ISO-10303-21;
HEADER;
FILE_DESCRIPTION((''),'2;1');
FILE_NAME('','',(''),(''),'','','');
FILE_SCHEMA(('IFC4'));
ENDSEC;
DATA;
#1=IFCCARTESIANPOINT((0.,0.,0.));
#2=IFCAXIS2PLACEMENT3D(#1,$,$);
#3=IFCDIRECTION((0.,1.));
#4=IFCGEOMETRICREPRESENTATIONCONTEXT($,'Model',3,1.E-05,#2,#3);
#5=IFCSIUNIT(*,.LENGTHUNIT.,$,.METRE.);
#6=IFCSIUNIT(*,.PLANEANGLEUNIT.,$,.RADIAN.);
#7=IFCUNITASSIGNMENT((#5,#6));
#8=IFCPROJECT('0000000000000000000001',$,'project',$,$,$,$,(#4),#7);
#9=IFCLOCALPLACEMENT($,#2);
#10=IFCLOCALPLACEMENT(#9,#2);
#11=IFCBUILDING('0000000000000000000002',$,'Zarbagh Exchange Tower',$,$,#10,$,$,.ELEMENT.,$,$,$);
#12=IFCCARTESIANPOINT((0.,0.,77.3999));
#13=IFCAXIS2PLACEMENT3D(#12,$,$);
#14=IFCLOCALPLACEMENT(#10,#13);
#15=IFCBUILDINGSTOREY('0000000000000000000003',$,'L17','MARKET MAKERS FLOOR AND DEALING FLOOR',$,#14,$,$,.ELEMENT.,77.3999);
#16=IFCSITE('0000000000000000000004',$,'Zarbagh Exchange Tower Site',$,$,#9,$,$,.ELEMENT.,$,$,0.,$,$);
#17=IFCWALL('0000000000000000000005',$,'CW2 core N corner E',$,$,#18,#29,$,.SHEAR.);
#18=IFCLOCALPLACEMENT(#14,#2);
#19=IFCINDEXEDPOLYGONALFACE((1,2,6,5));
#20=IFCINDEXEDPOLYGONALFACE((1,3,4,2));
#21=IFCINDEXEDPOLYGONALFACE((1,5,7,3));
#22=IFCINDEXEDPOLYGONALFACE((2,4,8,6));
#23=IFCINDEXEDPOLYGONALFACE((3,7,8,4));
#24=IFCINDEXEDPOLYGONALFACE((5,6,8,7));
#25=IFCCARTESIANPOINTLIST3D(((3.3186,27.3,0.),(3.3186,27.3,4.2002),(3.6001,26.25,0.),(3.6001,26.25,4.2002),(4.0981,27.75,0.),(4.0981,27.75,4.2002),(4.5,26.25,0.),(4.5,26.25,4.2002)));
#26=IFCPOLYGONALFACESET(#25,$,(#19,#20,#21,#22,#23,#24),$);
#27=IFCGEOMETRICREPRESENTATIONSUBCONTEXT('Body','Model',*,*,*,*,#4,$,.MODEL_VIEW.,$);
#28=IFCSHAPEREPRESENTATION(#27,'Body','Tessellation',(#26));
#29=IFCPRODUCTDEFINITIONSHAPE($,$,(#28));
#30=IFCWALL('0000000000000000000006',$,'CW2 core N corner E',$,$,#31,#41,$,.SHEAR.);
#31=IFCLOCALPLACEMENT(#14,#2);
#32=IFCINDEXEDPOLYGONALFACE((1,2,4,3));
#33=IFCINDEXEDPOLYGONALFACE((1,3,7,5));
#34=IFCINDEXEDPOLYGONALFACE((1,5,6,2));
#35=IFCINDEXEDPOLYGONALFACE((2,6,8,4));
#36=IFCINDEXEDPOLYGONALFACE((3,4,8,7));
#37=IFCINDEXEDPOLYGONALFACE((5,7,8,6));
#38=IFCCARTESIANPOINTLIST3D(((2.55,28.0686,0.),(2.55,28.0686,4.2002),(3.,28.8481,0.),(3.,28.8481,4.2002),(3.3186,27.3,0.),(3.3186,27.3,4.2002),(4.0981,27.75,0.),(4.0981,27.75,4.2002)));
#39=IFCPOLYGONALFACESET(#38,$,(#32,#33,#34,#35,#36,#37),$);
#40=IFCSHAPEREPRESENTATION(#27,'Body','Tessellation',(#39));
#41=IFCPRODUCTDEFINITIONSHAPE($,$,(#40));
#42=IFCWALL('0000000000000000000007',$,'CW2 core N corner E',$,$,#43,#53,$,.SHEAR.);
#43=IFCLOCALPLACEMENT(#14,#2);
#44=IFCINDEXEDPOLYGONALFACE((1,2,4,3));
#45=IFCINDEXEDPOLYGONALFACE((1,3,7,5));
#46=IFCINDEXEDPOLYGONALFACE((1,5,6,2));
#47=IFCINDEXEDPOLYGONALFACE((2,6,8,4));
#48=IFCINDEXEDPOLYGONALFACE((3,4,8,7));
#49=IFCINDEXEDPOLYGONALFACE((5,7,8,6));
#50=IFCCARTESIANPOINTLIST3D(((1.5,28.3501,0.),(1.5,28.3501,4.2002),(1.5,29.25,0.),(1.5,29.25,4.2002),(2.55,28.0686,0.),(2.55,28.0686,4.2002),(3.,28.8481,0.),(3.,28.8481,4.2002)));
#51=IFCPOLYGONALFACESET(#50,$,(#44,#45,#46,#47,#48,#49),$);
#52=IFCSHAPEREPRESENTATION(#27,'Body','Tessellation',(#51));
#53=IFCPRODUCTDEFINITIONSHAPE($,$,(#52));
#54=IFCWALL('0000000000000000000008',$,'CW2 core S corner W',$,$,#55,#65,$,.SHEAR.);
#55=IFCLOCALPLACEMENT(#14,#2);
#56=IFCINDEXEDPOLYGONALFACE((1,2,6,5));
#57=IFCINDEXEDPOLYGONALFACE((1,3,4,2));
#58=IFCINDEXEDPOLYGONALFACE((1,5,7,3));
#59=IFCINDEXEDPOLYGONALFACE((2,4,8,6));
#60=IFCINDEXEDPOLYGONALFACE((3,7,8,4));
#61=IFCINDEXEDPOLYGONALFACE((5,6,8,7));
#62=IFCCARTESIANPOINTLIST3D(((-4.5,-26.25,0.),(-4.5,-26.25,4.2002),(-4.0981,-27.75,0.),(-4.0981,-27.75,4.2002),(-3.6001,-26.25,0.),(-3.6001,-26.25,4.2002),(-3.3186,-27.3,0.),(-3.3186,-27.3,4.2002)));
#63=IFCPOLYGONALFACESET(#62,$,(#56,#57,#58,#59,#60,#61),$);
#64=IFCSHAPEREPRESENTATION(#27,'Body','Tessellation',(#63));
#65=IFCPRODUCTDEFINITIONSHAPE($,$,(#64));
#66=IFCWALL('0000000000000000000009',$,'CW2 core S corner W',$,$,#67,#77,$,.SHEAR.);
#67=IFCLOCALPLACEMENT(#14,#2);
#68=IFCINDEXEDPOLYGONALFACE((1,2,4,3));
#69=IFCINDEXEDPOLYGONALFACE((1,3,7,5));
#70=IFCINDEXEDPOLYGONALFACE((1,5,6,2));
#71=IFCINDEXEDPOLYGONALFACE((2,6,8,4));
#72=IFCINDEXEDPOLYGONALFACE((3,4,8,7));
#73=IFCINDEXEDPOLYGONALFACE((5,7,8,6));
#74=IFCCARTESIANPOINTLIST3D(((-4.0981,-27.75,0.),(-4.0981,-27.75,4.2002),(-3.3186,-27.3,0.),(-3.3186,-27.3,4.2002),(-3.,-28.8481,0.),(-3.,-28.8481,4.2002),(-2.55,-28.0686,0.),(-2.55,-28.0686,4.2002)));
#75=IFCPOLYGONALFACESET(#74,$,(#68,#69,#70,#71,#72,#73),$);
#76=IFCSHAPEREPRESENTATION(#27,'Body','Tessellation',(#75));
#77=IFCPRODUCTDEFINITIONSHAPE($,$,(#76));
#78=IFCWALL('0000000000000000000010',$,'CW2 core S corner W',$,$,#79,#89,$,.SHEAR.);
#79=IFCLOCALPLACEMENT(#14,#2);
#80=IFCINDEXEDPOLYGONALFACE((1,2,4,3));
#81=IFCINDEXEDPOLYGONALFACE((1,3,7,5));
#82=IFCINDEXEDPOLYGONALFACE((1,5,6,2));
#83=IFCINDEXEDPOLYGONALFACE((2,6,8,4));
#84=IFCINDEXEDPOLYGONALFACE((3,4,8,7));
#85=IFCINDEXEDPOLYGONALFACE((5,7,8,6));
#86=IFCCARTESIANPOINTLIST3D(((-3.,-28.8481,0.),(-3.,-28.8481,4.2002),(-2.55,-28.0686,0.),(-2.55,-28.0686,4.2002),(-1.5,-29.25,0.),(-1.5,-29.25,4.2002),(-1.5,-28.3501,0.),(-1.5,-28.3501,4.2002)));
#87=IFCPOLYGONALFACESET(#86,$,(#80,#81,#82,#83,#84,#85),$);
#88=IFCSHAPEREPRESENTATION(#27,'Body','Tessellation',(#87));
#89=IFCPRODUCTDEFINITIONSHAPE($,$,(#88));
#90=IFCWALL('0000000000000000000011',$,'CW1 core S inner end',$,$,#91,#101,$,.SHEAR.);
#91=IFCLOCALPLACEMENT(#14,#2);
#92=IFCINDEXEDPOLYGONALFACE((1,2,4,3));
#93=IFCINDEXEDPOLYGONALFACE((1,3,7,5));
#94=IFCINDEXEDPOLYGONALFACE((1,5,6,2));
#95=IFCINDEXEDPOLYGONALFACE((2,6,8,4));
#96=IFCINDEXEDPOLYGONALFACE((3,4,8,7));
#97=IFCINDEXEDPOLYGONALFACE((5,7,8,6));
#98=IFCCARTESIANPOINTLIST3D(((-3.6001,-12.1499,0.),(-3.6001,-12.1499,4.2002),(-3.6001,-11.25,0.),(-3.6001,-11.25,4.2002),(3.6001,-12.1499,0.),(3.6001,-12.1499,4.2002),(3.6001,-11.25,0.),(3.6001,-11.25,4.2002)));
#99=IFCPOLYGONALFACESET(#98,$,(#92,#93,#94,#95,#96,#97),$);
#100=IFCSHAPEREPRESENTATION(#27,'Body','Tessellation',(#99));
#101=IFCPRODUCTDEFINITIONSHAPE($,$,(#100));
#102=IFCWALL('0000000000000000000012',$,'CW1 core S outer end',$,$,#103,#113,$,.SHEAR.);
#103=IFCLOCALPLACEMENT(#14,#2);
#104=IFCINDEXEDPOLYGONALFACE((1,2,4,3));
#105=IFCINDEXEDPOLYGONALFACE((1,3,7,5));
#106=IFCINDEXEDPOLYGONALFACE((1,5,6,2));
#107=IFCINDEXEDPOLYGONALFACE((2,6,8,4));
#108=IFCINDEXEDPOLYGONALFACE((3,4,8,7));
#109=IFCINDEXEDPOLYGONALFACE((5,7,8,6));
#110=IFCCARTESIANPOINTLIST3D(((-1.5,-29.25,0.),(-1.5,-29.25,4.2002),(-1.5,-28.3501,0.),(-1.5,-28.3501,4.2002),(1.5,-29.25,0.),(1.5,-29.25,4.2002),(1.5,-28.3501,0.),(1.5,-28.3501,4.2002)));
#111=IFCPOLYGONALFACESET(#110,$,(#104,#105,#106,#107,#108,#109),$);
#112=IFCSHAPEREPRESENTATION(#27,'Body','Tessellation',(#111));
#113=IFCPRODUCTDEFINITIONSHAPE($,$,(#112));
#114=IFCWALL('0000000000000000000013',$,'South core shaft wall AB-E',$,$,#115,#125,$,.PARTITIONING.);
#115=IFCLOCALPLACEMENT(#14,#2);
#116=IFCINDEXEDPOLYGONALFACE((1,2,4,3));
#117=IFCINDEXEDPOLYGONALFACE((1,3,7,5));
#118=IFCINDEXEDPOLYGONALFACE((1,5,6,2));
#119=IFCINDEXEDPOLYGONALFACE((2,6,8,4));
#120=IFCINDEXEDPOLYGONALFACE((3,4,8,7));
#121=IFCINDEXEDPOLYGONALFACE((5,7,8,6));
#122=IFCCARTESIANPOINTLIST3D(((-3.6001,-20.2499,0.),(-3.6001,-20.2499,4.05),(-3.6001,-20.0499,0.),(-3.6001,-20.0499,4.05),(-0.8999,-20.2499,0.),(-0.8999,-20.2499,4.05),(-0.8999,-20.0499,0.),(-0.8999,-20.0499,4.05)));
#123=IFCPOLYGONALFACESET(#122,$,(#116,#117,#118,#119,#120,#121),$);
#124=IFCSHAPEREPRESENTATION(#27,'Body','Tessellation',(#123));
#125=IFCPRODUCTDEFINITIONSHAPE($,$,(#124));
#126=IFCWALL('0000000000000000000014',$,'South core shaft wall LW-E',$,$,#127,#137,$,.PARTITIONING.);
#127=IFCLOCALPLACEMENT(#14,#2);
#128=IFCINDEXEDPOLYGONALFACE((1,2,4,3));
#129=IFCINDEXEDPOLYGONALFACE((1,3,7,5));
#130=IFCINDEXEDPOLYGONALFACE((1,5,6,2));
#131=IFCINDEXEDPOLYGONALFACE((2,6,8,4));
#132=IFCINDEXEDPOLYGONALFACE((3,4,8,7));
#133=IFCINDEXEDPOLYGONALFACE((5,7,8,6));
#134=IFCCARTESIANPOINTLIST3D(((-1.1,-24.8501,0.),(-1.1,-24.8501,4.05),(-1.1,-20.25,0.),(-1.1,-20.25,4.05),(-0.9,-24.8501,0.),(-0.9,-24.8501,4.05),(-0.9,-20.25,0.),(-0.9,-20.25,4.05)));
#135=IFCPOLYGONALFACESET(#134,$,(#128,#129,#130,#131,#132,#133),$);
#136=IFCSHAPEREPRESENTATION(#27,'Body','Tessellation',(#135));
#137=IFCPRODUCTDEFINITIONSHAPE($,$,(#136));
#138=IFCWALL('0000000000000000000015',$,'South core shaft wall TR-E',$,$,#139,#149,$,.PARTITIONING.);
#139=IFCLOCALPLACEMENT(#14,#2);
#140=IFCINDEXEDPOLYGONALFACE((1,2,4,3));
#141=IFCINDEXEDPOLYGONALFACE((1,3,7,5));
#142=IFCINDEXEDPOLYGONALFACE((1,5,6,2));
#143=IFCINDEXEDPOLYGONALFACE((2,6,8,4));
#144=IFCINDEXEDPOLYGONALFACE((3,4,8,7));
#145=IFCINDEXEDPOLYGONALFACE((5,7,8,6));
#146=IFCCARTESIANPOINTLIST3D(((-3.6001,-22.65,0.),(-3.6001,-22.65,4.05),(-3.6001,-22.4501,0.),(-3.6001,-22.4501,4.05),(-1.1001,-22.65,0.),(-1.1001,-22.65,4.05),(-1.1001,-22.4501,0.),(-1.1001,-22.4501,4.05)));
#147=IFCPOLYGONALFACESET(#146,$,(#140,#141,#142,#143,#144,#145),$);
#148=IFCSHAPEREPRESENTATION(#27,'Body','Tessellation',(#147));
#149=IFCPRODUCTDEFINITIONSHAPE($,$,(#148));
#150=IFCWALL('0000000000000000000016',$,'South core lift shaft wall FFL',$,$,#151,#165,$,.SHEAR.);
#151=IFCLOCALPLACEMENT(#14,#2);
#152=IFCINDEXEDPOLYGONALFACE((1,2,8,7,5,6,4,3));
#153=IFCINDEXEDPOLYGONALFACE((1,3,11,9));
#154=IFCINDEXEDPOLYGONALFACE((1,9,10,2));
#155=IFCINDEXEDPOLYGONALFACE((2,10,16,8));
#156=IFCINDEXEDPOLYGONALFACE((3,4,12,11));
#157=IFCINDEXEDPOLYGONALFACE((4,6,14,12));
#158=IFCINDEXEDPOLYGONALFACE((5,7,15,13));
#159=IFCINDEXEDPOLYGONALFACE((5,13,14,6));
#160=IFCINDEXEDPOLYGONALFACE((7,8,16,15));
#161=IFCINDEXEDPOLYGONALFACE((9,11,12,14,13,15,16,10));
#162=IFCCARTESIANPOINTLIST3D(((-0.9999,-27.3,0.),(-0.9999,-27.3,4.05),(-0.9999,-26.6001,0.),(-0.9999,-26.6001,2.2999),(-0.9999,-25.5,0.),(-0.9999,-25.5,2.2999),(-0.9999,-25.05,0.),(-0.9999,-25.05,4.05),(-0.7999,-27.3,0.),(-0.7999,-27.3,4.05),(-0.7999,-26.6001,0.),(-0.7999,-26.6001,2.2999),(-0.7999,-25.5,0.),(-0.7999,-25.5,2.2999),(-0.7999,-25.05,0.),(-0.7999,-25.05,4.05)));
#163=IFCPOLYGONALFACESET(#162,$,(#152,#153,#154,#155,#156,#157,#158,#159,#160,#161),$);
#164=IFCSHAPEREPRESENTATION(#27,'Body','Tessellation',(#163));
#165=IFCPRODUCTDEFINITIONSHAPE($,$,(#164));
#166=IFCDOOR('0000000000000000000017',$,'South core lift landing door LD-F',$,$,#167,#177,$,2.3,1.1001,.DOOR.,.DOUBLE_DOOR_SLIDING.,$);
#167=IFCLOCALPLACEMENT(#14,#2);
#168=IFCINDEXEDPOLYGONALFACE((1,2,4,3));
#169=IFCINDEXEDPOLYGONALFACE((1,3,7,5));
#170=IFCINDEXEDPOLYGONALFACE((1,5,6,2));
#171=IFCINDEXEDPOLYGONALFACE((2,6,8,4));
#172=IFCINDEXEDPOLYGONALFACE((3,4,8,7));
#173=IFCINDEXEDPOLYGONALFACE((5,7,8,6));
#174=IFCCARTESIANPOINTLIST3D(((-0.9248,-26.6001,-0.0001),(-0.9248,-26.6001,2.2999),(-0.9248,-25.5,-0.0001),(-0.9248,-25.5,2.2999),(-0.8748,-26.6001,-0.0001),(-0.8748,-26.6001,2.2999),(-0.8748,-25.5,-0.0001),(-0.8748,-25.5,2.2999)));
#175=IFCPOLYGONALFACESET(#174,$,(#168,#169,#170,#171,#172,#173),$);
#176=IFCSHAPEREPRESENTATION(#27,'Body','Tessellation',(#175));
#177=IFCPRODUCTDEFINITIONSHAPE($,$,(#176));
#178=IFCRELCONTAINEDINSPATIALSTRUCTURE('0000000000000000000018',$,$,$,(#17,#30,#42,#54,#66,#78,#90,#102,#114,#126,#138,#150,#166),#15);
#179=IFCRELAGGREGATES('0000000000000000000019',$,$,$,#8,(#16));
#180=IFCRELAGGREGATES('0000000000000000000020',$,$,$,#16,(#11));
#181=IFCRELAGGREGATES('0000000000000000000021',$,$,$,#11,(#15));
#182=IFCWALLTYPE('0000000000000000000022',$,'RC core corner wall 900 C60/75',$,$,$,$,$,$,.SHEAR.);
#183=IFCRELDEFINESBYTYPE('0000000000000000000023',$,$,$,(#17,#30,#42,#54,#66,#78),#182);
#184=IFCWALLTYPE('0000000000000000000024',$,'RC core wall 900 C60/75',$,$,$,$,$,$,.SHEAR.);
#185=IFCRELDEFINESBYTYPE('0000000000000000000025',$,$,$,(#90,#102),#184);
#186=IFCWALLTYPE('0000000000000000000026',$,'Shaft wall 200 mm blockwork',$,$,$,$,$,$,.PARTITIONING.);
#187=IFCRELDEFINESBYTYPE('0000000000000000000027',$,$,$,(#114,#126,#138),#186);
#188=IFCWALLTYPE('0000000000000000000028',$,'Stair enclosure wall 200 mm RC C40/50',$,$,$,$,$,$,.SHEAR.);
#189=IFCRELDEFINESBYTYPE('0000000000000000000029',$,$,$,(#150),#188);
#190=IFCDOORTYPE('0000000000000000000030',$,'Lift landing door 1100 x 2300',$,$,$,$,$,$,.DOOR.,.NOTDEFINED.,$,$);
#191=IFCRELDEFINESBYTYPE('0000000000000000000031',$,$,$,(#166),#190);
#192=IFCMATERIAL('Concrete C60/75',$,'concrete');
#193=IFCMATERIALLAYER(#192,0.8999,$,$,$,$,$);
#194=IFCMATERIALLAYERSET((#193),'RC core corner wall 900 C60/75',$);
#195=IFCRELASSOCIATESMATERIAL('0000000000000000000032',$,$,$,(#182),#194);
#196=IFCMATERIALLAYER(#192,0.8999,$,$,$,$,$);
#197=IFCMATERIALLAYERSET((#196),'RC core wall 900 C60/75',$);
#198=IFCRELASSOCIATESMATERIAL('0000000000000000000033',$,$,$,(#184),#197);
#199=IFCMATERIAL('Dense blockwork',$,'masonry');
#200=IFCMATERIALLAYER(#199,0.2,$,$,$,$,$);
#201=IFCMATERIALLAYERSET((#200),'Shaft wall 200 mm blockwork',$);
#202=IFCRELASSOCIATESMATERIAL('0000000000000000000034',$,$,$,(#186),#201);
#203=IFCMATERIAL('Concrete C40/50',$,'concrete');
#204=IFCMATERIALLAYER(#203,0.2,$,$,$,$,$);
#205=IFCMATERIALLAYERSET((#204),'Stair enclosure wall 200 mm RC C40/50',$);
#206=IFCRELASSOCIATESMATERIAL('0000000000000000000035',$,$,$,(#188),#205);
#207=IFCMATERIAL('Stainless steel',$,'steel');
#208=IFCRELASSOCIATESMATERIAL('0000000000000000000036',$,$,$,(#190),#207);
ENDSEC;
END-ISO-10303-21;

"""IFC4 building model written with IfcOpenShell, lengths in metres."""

from ifc_helpers import new_model, si_unit, direction, frame, frame_2d, origin, place, context, subcontext, project, spatial, polyline, rectangle, outline, extrude, material, layer, layer_set, type_object, element, fill, save


model = new_model("IFC4")

# Units and contexts
model_context = context("Model", 3, precision=1e-05, world=origin(), true_north=direction((0.0, 1.0)))
body_context = subcontext(model_context, "Body", "Model", "MODEL_VIEW")
ifc_project = project(units=[si_unit("LENGTHUNIT", "METRE"), si_unit("PLANEANGLEUNIT", "RADIAN")], contexts=[model_context])

# Site, building, storey
site_placement = place(None, origin())
site = spatial("IfcSite", under=ifc_project, at=site_placement, Name="Zarbagh Exchange Tower Site", CompositionType="ELEMENT", RefElevation=0.0)
building_placement = place(site_placement, origin())
building = spatial("IfcBuilding", under=site, at=building_placement, Name="Zarbagh Exchange Tower", CompositionType="ELEMENT")
storey_placement = place(building_placement, frame((0.0, 0.0, 77.3999)))
storey = spatial("IfcBuildingStorey", under=building, at=storey_placement, Name="L17", Description="MARKET MAKERS FLOOR AND DEALING FLOOR", CompositionType="ELEMENT", Elevation=77.3999)

# Shared definitions
ifc_material_1 = material(Name="Concrete C60/75", Category="concrete")

# Shared definitions
ifc_material_2 = material(Name="Concrete C40/50", Category="concrete")

# Walls
ifc_layer_1 = layer(ifc_material_1, 0.8999)
ifc_layer_set_1 = layer_set([ifc_layer_1], Name="RC core corner wall 900 C60/75")
wall_type_1 = type_object("IfcWallType", Name="RC core corner wall 900 C60/75", PredefinedType="SHEAR", material=ifc_layer_set_1)
wall_1_placement = place(storey_placement, origin())
element("IfcWall", 1, at=wall_1_placement, inside=storey, type_object=wall_type_1, Name="CW2 core N corner E", PredefinedType="SHEAR", context=body_context, shape_type="SweptSolid", body=[
    extrude(outline(polyline([(4.5, 26.25), (4.0981, 27.75), (3.3186, 27.3), (3.6001, 26.25), (4.5, 26.25)])), origin(), (0.0, 0.0, 1.0), 4.2002),
])
wall_2_placement = place(storey_placement, origin())
element("IfcWall", 2, at=wall_2_placement, inside=storey, type_object=wall_type_1, Name="CW2 core N corner E", PredefinedType="SHEAR", context=body_context, shape_type="SweptSolid", body=[
    extrude(outline(polyline([(4.0981, 27.75), (3.0, 28.8481), (2.55, 28.0686), (3.3186, 27.3), (4.0981, 27.75)])), origin(), (0.0, 0.0, 1.0), 4.2002),
])
wall_3_placement = place(storey_placement, origin())
element("IfcWall", 3, at=wall_3_placement, inside=storey, type_object=wall_type_1, Name="CW2 core N corner E", PredefinedType="SHEAR", context=body_context, shape_type="SweptSolid", body=[
    extrude(outline(polyline([(3.0, 28.8481), (1.5, 29.25), (1.5, 28.3501), (2.55, 28.0686), (3.0, 28.8481)])), origin(), (0.0, 0.0, 1.0), 4.2002),
])
wall_4_placement = place(storey_placement, origin())
element("IfcWall", 4, at=wall_4_placement, inside=storey, type_object=wall_type_1, Name="CW2 core S corner W", PredefinedType="SHEAR", context=body_context, shape_type="SweptSolid", body=[
    extrude(outline(polyline([(-4.5, -26.25), (-4.0981, -27.75), (-3.3186, -27.3), (-3.6001, -26.25), (-4.5, -26.25)])), origin(), (0.0, 0.0, 1.0), 4.2002),
])
wall_5_placement = place(storey_placement, origin())
element("IfcWall", 5, at=wall_5_placement, inside=storey, type_object=wall_type_1, Name="CW2 core S corner W", PredefinedType="SHEAR", context=body_context, shape_type="SweptSolid", body=[
    extrude(outline(polyline([(-4.0981, -27.75), (-3.0, -28.8481), (-2.55, -28.0686), (-3.3186, -27.3), (-4.0981, -27.75)])), origin(), (0.0, 0.0, 1.0), 4.2002),
])
wall_6_placement = place(storey_placement, origin())
element("IfcWall", 6, at=wall_6_placement, inside=storey, type_object=wall_type_1, Name="CW2 core S corner W", PredefinedType="SHEAR", context=body_context, shape_type="SweptSolid", body=[
    extrude(outline(polyline([(-3.0, -28.8481), (-1.5, -29.25), (-1.5, -28.3501), (-2.55, -28.0686), (-3.0, -28.8481)])), origin(), (0.0, 0.0, 1.0), 4.2002),
])
ifc_layer_2 = layer(ifc_material_1, 0.8999)
ifc_layer_set_2 = layer_set([ifc_layer_2], Name="RC core wall 900 C60/75")
wall_type_2 = type_object("IfcWallType", Name="RC core wall 900 C60/75", PredefinedType="SHEAR", material=ifc_layer_set_2)
wall_7_placement = place(storey_placement, frame((-3.6001, -11.7, 0.0), z_axis=(0.0, 0.0, 1.0), x_axis=(1.0, 0.0, 0.0)))
element("IfcWall", 7, at=wall_7_placement, inside=storey, type_object=wall_type_2, Name="CW1 core S inner end", PredefinedType="SHEAR", context=body_context, shape_type="SweptSolid", body=[
    extrude(rectangle(XDim=7.2002, YDim=0.8999, at=frame_2d((3.6001, 0.0))), origin(), (0.0, 0.0, 1.0), 4.2002),
])
wall_8_placement = place(storey_placement, frame((-1.5, -28.8, 0.0), z_axis=(0.0, 0.0, 1.0), x_axis=(1.0, 0.0, 0.0)))
element("IfcWall", 8, at=wall_8_placement, inside=storey, type_object=wall_type_2, Name="CW1 core S outer end", PredefinedType="SHEAR", context=body_context, shape_type="SweptSolid", body=[
    extrude(rectangle(XDim=3.0, YDim=0.8999, at=frame_2d((1.5, 0.0))), origin(), (0.0, 0.0, 1.0), 4.2002),
])
ifc_material_3 = material(Name="Dense blockwork", Category="masonry")
ifc_layer_3 = layer(ifc_material_3, 0.2)
ifc_layer_set_3 = layer_set([ifc_layer_3], Name="Shaft wall 200 mm blockwork")
wall_type_3 = type_object("IfcWallType", Name="Shaft wall 200 mm blockwork", PredefinedType="PARTITIONING", material=ifc_layer_set_3)
wall_9_placement = place(storey_placement, frame((-0.8999, -20.1499, 0.0), z_axis=(0.0, 0.0, 1.0), x_axis=(-1.0, 0.0, 0.0)))
element("IfcWall", 9, at=wall_9_placement, inside=storey, type_object=wall_type_3, Name="South core shaft wall AB-E", PredefinedType="PARTITIONING", context=body_context, shape_type="SweptSolid", body=[
    extrude(rectangle(XDim=2.7002, YDim=0.2, at=frame_2d((1.3501, 0.0))), origin(), (0.0, 0.0, 1.0), 4.05),
])
wall_10_placement = place(storey_placement, frame((-1.0, -24.8501, 0.0), z_axis=(0.0, 0.0, 1.0), x_axis=(0.0, 1.0, 0.0)))
element("IfcWall", 10, at=wall_10_placement, inside=storey, type_object=wall_type_3, Name="South core shaft wall LW-E", PredefinedType="PARTITIONING", context=body_context, shape_type="SweptSolid", body=[
    extrude(rectangle(XDim=4.6001, YDim=0.2, at=frame_2d((2.3, 0.0))), origin(), (0.0, 0.0, 1.0), 4.05),
])
wall_11_placement = place(storey_placement, frame((-1.1001, -22.55, 0.0), z_axis=(0.0, 0.0, 1.0), x_axis=(-1.0, 0.0, 0.0)))
element("IfcWall", 11, at=wall_11_placement, inside=storey, type_object=wall_type_3, Name="South core shaft wall TR-E", PredefinedType="PARTITIONING", context=body_context, shape_type="SweptSolid", body=[
    extrude(rectangle(XDim=2.5, YDim=0.2, at=frame_2d((1.25, 0.0))), origin(), (0.0, 0.0, 1.0), 4.05),
])

# Wall, opening, door
ifc_layer_4 = layer(ifc_material_2, 0.2)
ifc_layer_set_4 = layer_set([ifc_layer_4], Name="Stair enclosure wall 200 mm RC C40/50")
wall_type_4 = type_object("IfcWallType", Name="Stair enclosure wall 200 mm RC C40/50", PredefinedType="SHEAR", material=ifc_layer_set_4)
wall_12_placement = place(storey_placement, frame((-0.8999, -27.3, 0.0), z_axis=(0.0, 0.0, 1.0), x_axis=(0.0, 1.0, 0.0)))
wall_12 = element("IfcWall", 12, at=wall_12_placement, inside=storey, type_object=wall_type_4, Name="South core lift shaft wall FFL", PredefinedType="SHEAR", context=body_context, shape_type="SweptSolid", body=[
    extrude(rectangle(XDim=2.25, YDim=0.2, at=frame_2d((1.125, 0.0))), origin(), (0.0, 0.0, 1.0), 4.05),
])
opening_placement = place(wall_12_placement, frame((0.7, 0.0, 0.0)))
opening = element("IfcOpeningElement", 13, at=opening_placement, cuts=wall_12, PredefinedType="OPENING", context=body_context, shape_type="SweptSolid", body=[
    extrude(rectangle(XDim=1.1001, YDim=2.3, at=frame_2d((0.55, 1.1499))), frame((0.0, 0.1099, 0.0), z_axis=(0.0, -1.0, 0.0), x_axis=(1.0, 0.0, 0.0)), (0.0, 0.0, 1.0), 0.22),
])
ifc_material_4 = material(Name="Stainless steel", Category="steel")
door_type = type_object("IfcDoorType", Name="Lift landing door 1100 x 2300", OperationType="NOTDEFINED", PredefinedType="DOOR", material=ifc_material_4)
door_placement = place(opening_placement, origin())
door = element("IfcDoor", 14, at=door_placement, inside=storey, type_object=door_type, Name="South core lift landing door LD-F", OperationType="DOUBLE_DOOR_SLIDING", OverallHeight=2.3, OverallWidth=1.1001, PredefinedType="DOOR", context=body_context, shape_type="SweptSolid", body=[
    extrude(rectangle(XDim=1.1001, YDim=2.3, at=frame_2d((0.55, 1.1499))), frame((0.0, 0.0249, 0.0), z_axis=(0.0, -1.0, 0.0), x_axis=(1.0, 0.0, 0.0)), (0.0, 0.0, 1.0), 0.05),
])
fill(opening, door)

save(model, "model.ifc")
